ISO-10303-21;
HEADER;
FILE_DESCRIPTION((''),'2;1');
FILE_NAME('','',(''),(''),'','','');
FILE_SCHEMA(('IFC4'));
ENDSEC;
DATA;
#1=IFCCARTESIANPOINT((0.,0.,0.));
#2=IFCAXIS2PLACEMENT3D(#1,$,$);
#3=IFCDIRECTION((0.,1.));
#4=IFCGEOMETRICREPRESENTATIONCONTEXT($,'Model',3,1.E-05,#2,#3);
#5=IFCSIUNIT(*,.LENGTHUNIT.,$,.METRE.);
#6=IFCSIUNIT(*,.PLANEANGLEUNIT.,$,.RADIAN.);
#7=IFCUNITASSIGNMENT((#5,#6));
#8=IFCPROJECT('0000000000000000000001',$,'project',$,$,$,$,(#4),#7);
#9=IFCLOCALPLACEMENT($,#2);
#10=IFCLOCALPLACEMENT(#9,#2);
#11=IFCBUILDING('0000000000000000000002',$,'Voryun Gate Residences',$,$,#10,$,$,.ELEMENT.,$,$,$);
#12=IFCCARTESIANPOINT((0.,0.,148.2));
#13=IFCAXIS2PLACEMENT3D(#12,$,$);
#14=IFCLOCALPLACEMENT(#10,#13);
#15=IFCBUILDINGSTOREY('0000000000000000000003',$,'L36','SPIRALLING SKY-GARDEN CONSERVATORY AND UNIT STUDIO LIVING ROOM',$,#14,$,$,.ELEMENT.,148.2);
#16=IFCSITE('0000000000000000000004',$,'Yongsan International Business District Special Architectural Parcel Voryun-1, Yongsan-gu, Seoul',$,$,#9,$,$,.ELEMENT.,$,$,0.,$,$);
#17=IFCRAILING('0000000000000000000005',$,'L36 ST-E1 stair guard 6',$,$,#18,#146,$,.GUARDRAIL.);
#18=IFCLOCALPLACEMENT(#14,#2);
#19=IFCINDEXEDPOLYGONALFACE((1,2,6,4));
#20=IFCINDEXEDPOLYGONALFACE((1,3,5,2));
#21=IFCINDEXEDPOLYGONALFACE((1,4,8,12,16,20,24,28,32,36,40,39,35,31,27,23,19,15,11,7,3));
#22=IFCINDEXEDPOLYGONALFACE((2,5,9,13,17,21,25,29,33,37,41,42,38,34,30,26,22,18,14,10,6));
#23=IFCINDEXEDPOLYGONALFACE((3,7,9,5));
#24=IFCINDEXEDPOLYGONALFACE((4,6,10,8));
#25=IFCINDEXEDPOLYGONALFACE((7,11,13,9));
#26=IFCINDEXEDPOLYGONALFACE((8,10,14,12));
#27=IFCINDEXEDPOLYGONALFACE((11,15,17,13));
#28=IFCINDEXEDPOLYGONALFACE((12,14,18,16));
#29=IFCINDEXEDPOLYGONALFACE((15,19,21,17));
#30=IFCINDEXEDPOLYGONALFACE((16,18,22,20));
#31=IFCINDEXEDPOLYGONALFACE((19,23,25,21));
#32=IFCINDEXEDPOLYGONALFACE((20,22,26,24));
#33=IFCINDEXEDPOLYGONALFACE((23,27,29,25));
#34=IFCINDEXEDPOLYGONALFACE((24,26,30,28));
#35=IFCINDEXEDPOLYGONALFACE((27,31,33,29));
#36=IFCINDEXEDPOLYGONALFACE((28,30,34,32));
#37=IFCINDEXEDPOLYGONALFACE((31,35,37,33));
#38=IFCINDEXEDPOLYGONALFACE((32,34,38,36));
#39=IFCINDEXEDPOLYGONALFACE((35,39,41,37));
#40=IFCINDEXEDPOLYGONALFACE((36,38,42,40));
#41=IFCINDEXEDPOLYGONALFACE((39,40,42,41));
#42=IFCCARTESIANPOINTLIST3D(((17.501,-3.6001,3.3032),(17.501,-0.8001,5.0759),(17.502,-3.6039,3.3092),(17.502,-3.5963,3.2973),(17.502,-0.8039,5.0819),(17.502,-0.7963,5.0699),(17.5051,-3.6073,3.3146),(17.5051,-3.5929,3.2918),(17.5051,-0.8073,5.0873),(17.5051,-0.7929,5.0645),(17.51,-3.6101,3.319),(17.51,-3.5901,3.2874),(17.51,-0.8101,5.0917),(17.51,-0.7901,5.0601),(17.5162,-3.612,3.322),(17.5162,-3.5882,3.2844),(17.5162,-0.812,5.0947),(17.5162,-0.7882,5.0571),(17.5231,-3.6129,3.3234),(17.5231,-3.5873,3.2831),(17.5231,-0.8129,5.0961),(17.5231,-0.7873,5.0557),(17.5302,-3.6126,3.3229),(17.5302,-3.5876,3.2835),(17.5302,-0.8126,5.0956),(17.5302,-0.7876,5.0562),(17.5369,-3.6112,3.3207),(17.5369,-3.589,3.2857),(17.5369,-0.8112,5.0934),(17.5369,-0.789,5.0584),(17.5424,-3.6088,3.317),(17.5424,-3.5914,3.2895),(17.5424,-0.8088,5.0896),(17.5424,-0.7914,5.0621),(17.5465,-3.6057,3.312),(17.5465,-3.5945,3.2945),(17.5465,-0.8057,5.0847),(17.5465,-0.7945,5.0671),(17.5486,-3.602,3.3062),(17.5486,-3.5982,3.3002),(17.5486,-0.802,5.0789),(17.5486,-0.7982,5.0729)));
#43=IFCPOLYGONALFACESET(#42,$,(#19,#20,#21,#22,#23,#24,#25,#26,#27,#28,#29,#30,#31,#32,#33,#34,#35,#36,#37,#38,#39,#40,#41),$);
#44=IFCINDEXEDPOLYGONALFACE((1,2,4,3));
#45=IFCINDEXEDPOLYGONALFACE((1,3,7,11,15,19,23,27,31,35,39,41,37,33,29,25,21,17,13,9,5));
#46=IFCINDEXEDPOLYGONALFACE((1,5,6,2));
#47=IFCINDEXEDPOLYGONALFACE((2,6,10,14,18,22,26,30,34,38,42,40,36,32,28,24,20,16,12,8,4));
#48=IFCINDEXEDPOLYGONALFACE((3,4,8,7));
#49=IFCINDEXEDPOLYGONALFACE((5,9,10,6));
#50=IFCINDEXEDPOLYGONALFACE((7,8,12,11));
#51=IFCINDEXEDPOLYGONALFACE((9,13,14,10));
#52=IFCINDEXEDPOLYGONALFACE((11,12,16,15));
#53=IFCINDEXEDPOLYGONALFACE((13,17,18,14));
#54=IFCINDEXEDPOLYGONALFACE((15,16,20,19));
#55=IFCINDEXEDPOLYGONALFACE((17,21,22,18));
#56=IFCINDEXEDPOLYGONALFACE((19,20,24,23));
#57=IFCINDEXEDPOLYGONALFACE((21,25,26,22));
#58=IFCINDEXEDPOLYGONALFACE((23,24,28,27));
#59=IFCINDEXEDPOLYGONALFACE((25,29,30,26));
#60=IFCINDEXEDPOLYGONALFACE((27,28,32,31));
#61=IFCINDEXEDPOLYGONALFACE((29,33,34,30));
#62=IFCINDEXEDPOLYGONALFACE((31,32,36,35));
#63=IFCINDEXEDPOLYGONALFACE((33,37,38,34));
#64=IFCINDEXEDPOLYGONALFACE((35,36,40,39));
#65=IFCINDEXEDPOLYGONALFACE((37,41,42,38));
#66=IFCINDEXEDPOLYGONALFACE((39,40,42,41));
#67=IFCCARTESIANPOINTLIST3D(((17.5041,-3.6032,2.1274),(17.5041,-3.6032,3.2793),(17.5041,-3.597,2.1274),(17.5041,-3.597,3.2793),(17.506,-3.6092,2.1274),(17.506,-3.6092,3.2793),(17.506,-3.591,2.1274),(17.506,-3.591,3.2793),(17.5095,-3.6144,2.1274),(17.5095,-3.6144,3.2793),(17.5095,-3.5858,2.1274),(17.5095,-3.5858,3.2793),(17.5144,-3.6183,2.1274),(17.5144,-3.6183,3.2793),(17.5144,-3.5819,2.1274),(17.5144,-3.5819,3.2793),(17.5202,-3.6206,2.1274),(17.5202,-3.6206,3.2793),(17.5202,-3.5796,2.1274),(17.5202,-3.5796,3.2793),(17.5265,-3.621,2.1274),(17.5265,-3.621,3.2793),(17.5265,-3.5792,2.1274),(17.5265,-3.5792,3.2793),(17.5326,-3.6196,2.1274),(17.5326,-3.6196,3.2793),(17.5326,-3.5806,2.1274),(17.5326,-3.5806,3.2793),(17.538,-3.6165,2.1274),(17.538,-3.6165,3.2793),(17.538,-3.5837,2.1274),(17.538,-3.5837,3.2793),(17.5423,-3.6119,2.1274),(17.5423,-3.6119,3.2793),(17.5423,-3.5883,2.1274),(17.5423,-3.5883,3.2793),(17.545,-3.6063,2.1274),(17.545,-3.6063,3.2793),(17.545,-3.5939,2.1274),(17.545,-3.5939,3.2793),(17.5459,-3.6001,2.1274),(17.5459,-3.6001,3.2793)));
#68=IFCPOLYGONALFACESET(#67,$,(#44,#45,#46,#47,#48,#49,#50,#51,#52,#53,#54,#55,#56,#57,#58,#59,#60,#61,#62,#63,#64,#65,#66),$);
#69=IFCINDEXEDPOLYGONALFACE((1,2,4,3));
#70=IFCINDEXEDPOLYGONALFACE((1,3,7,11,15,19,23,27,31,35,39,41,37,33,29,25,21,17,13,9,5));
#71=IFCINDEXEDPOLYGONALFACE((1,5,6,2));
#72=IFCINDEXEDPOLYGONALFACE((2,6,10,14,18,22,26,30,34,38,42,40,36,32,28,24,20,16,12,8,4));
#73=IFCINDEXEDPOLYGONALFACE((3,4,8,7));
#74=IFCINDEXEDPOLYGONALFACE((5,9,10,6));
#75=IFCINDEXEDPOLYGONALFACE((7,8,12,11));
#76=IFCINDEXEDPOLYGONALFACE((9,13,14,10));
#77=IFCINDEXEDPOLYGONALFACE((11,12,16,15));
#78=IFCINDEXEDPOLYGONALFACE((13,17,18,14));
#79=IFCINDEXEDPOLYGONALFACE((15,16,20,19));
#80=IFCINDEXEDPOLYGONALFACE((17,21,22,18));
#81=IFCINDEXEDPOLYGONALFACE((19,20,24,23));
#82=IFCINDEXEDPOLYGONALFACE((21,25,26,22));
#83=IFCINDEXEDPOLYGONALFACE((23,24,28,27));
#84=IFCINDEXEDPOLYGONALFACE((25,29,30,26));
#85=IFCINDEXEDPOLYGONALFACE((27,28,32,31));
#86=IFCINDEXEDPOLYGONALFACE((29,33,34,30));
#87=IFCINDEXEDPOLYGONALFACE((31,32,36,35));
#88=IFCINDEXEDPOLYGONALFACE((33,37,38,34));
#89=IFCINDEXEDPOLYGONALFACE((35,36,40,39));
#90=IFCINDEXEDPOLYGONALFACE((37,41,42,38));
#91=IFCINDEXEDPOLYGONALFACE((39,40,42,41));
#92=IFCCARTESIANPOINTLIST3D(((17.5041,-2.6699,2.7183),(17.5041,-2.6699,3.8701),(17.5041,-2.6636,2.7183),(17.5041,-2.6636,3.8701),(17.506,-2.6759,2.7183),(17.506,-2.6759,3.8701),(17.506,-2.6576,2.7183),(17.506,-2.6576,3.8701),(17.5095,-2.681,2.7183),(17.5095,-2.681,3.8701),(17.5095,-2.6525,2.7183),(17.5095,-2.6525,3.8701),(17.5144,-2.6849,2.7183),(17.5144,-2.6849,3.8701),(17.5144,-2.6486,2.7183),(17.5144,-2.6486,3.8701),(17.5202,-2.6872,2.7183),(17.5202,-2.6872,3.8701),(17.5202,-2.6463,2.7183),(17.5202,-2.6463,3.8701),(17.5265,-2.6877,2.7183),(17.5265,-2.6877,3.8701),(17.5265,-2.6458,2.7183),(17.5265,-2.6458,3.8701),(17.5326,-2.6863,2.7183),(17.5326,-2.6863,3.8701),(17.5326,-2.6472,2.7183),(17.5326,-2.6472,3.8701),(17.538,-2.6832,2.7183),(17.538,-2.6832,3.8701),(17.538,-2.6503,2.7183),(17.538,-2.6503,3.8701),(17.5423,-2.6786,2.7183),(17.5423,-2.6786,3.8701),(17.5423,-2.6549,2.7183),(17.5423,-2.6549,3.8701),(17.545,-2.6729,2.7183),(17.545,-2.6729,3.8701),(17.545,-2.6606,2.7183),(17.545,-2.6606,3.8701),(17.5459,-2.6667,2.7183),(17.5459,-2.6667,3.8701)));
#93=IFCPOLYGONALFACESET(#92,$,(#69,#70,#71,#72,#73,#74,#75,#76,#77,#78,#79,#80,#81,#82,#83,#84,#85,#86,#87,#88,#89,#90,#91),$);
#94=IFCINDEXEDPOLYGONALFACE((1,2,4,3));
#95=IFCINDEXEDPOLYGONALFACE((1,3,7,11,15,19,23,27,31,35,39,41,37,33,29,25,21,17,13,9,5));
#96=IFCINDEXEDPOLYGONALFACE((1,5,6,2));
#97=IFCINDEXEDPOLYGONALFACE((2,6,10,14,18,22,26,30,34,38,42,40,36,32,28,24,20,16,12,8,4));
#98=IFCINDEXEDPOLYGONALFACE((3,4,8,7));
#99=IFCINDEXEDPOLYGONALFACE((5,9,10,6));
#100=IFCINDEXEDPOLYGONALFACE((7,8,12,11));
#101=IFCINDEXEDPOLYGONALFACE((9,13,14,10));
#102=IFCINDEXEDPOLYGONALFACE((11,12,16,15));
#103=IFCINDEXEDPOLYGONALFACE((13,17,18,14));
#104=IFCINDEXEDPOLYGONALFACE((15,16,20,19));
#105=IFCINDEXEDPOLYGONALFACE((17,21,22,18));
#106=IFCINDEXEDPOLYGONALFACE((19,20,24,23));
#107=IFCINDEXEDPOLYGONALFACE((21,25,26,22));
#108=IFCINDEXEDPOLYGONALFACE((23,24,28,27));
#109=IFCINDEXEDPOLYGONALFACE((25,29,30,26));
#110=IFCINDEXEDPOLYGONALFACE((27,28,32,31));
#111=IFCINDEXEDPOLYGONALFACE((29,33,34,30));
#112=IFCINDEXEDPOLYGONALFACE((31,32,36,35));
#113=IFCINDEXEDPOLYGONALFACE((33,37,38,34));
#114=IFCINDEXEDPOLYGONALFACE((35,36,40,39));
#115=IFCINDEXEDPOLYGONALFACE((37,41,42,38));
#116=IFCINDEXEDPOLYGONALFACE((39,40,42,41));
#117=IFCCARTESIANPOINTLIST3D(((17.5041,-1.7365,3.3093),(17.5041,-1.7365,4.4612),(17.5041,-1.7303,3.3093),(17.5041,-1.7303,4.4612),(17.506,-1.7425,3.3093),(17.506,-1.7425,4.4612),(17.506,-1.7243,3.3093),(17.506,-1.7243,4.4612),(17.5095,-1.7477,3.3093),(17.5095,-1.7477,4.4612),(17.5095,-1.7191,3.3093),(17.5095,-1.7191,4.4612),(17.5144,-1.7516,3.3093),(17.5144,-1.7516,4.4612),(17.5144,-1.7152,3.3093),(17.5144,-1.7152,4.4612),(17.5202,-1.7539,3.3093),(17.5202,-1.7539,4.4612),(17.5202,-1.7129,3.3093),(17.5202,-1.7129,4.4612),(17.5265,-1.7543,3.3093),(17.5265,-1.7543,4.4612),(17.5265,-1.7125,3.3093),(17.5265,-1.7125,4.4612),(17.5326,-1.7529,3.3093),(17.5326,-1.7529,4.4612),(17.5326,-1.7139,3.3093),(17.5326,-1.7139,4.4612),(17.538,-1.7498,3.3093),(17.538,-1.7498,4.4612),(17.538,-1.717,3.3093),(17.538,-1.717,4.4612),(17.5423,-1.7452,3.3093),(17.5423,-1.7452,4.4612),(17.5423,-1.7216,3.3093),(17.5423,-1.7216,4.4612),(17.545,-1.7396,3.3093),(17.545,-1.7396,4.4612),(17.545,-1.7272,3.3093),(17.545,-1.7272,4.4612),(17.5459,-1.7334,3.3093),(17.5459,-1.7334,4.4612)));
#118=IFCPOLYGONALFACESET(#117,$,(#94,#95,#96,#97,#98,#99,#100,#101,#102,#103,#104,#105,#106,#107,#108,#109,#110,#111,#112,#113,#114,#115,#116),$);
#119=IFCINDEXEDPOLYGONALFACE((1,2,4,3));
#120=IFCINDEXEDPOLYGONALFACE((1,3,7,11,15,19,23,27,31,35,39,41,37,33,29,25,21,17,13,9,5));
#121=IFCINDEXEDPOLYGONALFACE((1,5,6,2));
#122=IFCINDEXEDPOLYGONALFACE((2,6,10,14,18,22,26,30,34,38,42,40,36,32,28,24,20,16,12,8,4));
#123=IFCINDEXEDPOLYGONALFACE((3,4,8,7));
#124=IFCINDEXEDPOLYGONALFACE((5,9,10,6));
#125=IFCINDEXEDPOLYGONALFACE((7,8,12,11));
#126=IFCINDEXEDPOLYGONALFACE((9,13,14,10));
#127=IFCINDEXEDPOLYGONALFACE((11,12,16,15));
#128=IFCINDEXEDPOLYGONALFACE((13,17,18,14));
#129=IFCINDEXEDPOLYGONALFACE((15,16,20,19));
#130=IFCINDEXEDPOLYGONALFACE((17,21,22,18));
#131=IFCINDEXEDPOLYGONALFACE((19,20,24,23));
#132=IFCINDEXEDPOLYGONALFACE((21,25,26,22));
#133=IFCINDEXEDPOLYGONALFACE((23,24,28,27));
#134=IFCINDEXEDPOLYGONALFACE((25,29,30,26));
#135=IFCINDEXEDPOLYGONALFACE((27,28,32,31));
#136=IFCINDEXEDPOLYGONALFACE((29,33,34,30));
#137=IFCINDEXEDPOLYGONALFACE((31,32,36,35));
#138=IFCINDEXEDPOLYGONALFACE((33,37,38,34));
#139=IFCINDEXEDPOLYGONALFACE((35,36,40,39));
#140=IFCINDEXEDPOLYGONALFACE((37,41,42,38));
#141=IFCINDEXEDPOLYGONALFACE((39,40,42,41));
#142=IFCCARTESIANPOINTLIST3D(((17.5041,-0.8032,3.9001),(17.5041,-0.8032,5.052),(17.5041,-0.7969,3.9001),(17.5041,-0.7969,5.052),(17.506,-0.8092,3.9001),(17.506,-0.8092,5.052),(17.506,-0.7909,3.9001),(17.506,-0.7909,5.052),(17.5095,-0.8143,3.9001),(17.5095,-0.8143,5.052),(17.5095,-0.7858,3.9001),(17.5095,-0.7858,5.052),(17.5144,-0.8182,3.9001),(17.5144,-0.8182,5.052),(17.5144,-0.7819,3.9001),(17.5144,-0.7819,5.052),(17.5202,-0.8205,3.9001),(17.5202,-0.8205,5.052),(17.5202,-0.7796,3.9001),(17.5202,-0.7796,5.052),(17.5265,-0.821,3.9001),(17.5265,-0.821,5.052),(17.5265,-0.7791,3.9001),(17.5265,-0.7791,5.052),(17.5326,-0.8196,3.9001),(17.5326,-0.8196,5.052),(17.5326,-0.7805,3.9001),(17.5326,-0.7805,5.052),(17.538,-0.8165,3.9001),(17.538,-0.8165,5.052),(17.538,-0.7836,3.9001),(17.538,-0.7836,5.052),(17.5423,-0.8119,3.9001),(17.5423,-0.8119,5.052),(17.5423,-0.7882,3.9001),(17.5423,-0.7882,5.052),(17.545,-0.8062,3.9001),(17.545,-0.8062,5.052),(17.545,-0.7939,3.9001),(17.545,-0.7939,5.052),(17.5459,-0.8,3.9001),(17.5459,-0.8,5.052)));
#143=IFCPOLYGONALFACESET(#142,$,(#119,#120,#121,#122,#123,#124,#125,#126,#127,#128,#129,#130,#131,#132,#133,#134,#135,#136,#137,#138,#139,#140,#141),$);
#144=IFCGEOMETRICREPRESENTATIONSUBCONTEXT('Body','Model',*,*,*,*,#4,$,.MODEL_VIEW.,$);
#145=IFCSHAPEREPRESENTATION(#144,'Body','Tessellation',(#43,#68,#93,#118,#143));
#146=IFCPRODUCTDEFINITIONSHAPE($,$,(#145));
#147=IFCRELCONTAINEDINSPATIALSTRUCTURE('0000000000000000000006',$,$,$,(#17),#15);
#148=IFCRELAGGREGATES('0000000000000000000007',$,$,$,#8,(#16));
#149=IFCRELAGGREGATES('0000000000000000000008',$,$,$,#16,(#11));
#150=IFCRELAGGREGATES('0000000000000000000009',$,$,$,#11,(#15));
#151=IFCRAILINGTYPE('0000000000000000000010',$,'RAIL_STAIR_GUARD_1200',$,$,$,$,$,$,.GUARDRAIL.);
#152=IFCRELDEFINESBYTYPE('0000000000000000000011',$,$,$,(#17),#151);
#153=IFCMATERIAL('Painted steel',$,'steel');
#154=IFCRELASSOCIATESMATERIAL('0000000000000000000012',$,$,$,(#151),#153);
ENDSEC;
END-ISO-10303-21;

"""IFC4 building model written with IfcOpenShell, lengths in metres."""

from ifc_helpers import new_model, si_unit, direction, frame, origin, origin_2d, place, context, subcontext, project, spatial, circle, extrude, material, type_object, element, save


model = new_model("IFC4")

# Units and contexts
model_context = context("Model", 3, precision=1e-05, world=origin(), true_north=direction((0.0, 1.0)))
body_context = subcontext(model_context, "Body", "Model", "MODEL_VIEW")
ifc_project = project(units=[si_unit("LENGTHUNIT", "METRE"), si_unit("PLANEANGLEUNIT", "RADIAN")], contexts=[model_context])

# Site, building, storey
site_placement = place(None, origin())
site = spatial("IfcSite", under=ifc_project, at=site_placement, Name="Yongsan International Business District Special Architectural Parcel Voryun-1, Yongsan-gu, Seoul", CompositionType="ELEMENT", RefElevation=0.0)
building_placement = place(site_placement, origin())
building = spatial("IfcBuilding", under=site, at=building_placement, Name="Voryun Gate Residences", CompositionType="ELEMENT")
storey_placement = place(building_placement, frame((0.0, 0.0, 148.2)))
storey = spatial("IfcBuildingStorey", under=building, at=storey_placement, Name="L36", Description="SPIRALLING SKY-GARDEN CONSERVATORY AND UNIT STUDIO LIVING ROOM", CompositionType="ELEMENT", Elevation=148.2)

# Railing
ifc_material_1 = material(Name="Painted steel", Category="steel")
railing_type_1 = type_object("IfcRailingType", Name="RAIL_STAIR_GUARD_1200", PredefinedType="GUARDRAIL", material=ifc_material_1)
railing_1_placement = place(storey_placement, frame((17.5249, -3.6001, 2.1274)))
element("IfcRailing", 1, at=railing_1_placement, inside=storey, type_object=railing_type_1, Name="L36 ST-E1 stair guard 6", PredefinedType="GUARDRAIL", context=body_context, shape_type="SweptSolid", body=[
    extrude(circle(Radius=0.0239, at=origin_2d()), frame((0.0, 0.0, 1.1758), z_axis=(0.0, 0.844909, 0.53491), x_axis=(-1.0, 0.0, 0.0)), (0.0, 0.0, 1.0), 3.314),
    extrude(circle(Radius=0.021, at=origin_2d()), origin(), (0.0, 0.0, 1.0), 1.1519),
    extrude(circle(Radius=0.021, at=origin_2d()), frame((0.0, 0.9333, 0.5908)), (0.0, 0.0, 1.0), 1.1519),
    extrude(circle(Radius=0.021, at=origin_2d()), frame((0.0, 1.8667, 1.1819)), (0.0, 0.0, 1.0), 1.1519),
    extrude(circle(Radius=0.021, at=origin_2d()), frame((0.0, 2.8, 1.7727)), (0.0, 0.0, 1.0), 1.1519),
])

save(model, "model.ifc")
